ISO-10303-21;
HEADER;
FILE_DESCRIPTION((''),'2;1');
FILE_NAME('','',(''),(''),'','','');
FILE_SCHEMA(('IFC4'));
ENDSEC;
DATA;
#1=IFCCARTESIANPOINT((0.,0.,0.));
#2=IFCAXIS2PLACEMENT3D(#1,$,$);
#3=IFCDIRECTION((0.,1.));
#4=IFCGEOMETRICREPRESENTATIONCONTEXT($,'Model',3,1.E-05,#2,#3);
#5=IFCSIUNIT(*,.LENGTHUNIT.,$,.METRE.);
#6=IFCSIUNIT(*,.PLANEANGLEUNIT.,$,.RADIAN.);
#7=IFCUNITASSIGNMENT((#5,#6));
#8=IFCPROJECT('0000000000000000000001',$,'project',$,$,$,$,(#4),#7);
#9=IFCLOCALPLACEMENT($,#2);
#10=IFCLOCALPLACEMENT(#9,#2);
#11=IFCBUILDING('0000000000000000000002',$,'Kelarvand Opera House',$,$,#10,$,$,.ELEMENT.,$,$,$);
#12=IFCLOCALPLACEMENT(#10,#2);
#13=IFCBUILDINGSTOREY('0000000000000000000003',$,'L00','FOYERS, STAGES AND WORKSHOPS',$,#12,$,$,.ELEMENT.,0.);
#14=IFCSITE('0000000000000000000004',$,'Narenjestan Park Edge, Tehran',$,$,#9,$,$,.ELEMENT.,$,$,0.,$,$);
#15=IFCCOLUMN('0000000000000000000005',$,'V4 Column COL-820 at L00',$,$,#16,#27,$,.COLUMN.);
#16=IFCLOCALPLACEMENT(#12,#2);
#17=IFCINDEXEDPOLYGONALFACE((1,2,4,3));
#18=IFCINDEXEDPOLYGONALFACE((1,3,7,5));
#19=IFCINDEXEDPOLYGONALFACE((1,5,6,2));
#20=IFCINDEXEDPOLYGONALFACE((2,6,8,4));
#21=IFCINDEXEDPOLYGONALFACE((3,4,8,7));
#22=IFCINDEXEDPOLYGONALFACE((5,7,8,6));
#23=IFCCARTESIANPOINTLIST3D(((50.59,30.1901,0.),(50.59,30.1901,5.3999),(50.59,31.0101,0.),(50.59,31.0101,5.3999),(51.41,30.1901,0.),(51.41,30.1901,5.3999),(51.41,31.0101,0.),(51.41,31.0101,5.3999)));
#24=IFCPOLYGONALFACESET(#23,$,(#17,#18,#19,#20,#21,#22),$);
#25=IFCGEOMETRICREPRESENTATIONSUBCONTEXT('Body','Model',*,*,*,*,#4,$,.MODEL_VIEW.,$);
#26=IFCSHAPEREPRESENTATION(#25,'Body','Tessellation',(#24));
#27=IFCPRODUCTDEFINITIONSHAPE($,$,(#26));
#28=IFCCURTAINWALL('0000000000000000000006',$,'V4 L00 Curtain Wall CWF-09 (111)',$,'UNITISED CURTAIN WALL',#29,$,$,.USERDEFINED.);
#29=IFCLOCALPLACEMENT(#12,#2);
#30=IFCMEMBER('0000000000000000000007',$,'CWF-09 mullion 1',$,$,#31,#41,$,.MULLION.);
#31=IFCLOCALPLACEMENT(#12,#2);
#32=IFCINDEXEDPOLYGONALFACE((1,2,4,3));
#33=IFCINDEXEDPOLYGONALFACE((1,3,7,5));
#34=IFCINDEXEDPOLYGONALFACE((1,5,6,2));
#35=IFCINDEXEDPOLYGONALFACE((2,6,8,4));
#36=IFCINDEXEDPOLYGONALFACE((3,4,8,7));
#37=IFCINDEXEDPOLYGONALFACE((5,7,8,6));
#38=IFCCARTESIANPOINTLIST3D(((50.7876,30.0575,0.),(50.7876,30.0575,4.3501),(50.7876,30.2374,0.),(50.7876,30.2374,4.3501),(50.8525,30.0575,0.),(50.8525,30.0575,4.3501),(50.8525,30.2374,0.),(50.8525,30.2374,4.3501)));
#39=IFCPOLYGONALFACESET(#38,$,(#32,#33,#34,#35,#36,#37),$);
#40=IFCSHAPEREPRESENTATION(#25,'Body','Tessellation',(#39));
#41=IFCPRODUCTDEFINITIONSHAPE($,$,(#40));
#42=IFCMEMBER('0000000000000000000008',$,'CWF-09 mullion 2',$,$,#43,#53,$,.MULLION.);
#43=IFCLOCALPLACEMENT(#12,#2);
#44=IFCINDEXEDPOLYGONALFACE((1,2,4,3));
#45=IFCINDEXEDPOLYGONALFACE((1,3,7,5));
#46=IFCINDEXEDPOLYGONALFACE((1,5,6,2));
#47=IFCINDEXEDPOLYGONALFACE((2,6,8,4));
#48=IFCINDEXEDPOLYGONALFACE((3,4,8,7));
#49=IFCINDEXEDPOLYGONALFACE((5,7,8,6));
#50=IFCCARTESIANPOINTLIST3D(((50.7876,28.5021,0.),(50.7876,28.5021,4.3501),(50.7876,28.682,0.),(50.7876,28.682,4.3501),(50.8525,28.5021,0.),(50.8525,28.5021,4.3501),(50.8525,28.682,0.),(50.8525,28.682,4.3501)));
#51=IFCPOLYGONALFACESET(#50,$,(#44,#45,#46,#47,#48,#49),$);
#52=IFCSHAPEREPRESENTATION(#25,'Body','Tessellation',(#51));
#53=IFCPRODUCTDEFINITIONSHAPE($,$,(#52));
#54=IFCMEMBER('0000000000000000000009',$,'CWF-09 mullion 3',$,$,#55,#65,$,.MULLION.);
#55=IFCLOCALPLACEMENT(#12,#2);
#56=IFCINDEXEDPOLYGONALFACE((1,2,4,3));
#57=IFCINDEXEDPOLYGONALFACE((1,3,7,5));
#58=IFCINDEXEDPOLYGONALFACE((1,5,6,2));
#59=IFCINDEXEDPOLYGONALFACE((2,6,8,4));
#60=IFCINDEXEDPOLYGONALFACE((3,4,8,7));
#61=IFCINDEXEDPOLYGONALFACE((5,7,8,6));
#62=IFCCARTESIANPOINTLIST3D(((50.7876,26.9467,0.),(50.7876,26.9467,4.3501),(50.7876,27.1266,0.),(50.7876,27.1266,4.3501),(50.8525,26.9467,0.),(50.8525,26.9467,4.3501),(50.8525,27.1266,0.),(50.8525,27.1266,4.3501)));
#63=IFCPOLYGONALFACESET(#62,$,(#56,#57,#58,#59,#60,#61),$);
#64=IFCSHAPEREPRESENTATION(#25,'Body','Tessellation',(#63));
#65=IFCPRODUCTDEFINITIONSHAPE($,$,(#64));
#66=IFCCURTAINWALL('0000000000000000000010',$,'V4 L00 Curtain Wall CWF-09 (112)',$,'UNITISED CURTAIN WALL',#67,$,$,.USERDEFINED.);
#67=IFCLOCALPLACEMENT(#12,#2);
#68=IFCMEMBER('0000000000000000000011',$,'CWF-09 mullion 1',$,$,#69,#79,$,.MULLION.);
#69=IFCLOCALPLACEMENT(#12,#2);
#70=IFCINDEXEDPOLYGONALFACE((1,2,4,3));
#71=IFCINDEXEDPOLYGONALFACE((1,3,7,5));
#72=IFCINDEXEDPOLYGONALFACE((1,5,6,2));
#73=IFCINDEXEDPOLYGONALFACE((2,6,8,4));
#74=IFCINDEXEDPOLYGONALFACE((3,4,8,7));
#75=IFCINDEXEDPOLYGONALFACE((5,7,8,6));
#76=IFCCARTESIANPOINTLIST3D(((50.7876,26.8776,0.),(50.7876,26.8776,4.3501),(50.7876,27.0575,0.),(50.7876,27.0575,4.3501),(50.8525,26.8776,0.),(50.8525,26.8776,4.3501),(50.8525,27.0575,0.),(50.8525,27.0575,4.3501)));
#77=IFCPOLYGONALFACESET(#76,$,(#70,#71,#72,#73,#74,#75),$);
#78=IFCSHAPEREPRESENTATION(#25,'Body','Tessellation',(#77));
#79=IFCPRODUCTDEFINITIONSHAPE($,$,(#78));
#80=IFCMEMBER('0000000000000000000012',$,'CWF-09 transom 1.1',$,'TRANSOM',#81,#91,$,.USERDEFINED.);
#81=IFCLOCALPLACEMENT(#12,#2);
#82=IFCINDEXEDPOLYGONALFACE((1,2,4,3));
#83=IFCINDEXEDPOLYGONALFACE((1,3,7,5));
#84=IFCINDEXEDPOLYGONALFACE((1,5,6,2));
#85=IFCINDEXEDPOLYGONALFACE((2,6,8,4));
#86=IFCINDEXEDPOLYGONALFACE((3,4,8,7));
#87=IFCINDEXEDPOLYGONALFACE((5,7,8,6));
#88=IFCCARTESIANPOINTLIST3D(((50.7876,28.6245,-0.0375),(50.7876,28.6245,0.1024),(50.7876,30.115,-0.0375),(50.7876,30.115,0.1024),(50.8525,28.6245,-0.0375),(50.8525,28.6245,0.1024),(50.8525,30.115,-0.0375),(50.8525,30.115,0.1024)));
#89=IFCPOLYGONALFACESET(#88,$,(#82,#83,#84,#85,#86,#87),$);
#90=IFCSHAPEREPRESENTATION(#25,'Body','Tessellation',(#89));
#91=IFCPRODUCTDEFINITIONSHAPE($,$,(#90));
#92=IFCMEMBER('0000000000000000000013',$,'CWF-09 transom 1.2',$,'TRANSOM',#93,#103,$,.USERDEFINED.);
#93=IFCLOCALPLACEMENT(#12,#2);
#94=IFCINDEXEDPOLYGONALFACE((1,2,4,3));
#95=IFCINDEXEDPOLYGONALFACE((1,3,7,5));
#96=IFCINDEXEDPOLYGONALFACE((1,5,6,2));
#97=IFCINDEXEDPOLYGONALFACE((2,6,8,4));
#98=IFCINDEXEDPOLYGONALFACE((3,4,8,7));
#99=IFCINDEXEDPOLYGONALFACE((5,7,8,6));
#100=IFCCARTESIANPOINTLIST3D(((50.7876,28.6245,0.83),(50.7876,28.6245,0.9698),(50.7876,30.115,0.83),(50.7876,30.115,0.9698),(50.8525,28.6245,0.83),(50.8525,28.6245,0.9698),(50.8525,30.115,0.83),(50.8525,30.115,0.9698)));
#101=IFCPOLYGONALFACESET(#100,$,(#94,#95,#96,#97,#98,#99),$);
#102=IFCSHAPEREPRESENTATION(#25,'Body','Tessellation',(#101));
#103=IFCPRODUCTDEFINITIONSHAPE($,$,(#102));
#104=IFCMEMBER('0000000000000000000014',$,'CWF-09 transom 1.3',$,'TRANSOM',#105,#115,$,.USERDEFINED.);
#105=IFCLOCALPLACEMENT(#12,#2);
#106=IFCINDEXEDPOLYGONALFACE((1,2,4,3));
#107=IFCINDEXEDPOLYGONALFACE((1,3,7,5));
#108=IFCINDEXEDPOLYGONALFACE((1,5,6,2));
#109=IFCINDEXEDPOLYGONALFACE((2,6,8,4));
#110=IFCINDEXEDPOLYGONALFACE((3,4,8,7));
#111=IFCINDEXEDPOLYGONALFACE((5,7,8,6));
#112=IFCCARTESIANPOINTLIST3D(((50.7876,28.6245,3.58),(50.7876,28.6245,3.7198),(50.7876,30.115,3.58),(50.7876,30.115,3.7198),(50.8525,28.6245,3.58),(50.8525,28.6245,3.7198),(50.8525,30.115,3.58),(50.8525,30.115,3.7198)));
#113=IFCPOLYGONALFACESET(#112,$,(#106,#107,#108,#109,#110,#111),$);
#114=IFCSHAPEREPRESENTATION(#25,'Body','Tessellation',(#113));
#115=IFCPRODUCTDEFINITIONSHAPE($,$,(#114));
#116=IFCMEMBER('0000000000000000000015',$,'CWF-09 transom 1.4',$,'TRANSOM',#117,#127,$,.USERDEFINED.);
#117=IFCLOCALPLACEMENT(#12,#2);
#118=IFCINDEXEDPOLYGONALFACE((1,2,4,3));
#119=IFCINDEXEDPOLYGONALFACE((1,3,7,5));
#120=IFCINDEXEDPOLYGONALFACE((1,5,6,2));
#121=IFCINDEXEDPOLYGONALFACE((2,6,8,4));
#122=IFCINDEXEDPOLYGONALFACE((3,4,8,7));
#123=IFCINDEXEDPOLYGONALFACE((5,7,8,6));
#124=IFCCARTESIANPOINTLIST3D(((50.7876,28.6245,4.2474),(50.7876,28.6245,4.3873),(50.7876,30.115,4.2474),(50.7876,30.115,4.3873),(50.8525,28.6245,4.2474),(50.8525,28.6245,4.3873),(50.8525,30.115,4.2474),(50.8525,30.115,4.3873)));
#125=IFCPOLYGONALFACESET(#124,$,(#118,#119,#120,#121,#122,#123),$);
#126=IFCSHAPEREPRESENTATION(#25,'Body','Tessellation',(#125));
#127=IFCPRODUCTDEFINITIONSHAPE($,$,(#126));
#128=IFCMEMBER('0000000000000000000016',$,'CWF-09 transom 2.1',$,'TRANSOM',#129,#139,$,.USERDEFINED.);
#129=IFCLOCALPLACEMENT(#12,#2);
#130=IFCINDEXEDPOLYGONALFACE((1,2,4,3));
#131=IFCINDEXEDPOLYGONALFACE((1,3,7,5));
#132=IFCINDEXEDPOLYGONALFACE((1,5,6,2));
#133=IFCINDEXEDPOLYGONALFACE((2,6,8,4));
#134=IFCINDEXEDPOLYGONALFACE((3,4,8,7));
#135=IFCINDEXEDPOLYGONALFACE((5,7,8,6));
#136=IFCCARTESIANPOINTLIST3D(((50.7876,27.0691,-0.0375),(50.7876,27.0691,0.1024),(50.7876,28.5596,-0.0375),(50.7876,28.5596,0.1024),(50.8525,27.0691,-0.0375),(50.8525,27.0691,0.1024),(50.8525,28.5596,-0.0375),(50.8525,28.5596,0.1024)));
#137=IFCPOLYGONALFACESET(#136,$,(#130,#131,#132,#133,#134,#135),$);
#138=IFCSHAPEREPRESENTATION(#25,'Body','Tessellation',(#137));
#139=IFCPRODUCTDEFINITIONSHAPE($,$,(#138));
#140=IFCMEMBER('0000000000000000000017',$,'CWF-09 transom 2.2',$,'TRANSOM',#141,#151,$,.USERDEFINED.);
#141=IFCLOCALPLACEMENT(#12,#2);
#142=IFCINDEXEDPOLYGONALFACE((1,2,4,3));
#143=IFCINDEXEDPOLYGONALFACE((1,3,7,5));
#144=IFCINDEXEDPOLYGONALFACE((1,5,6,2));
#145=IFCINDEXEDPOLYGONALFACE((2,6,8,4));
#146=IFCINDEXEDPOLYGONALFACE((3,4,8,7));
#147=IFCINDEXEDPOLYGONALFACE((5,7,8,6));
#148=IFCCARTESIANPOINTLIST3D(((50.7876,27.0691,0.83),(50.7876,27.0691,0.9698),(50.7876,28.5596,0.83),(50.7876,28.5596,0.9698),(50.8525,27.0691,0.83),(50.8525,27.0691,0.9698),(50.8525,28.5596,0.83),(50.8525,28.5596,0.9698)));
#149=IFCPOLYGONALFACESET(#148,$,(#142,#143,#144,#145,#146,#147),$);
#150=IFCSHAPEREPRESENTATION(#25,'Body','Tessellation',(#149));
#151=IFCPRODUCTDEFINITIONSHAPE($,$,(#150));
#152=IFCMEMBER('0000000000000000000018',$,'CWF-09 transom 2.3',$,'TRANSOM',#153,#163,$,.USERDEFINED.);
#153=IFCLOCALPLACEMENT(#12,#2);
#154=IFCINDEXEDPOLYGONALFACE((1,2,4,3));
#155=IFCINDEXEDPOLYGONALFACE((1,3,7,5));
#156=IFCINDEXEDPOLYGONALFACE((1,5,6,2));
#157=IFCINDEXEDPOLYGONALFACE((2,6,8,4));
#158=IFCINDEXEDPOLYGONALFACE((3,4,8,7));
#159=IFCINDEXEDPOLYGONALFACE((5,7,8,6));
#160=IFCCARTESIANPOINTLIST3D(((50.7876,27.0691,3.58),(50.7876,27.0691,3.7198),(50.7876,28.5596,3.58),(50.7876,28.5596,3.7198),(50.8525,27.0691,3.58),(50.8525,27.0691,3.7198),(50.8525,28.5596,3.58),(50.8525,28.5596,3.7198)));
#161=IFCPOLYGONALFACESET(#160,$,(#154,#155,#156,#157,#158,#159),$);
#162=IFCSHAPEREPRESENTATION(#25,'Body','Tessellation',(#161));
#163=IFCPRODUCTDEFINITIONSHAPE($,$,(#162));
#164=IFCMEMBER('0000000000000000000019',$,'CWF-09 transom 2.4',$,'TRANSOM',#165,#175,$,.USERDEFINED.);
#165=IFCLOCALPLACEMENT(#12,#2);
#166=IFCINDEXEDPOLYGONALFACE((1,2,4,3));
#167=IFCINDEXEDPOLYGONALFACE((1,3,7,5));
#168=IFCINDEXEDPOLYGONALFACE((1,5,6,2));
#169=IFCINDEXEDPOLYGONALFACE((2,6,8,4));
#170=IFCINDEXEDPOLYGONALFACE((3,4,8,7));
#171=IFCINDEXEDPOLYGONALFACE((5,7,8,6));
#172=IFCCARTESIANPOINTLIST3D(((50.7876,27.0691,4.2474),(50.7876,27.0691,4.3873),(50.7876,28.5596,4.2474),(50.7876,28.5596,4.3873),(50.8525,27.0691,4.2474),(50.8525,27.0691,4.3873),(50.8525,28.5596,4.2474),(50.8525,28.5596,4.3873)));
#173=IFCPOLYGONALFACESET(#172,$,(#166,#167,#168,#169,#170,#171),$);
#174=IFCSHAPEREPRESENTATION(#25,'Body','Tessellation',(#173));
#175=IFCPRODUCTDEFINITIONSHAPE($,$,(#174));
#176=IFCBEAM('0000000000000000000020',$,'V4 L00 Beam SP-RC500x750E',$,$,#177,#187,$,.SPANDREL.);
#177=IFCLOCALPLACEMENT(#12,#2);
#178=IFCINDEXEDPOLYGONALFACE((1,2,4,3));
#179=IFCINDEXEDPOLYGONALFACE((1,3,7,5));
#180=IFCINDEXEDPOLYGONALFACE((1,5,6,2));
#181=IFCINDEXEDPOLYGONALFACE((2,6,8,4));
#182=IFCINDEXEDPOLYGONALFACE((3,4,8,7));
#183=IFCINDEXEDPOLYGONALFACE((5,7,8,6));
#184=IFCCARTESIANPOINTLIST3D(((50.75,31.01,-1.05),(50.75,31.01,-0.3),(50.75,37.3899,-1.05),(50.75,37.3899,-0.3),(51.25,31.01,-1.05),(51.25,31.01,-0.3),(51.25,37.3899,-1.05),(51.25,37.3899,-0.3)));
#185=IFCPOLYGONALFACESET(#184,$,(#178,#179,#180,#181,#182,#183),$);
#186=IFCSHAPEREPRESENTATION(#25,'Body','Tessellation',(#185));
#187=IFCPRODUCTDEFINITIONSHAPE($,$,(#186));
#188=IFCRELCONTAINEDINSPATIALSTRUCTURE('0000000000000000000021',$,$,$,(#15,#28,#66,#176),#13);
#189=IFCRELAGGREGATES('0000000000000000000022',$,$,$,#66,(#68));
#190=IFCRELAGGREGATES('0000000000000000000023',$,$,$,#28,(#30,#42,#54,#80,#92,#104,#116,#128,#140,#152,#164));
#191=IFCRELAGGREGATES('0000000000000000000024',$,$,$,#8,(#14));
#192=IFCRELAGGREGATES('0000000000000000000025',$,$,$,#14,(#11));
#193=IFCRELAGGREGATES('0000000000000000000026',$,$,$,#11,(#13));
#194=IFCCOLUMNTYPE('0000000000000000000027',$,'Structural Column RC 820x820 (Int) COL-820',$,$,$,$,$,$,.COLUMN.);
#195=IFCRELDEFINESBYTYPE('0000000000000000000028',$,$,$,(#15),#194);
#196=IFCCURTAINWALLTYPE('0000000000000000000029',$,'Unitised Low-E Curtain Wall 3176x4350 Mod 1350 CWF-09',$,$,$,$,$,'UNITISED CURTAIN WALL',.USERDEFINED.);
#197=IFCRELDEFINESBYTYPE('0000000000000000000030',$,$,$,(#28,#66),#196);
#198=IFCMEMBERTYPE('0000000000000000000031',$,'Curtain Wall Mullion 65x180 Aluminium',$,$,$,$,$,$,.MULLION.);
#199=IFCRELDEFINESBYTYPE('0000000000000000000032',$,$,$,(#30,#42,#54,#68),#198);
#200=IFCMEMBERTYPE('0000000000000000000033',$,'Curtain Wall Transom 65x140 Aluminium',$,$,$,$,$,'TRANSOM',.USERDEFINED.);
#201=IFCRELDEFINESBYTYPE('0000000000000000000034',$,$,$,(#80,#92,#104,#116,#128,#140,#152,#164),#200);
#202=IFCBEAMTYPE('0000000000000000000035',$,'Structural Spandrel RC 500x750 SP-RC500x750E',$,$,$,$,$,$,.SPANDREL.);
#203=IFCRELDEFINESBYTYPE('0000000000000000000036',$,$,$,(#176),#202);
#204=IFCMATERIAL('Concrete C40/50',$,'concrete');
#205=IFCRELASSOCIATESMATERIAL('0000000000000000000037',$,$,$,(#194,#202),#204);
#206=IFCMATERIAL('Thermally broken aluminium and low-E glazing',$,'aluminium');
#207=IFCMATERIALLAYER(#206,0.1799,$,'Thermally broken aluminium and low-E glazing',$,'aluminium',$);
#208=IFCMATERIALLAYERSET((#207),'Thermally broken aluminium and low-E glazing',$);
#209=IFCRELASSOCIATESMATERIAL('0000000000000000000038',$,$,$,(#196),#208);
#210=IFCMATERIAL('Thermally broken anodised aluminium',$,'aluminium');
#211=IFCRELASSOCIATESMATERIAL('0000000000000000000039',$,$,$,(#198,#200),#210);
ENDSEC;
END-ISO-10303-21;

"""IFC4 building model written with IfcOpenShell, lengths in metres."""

from ifc_helpers import new_model, si_unit, direction, frame, origin, origin_2d, place, context, subcontext, project, spatial, rectangle, extrude, material, layer, layer_set, material_profile, profile_set, type_object, element, aggregate, save


model = new_model("IFC4")

# Units and contexts
model_context = context("Model", 3, precision=1e-05, world=origin(), true_north=direction((0.0, 1.0)))
body_context = subcontext(model_context, "Body", "Model", "MODEL_VIEW")
ifc_project = project(units=[si_unit("LENGTHUNIT", "METRE"), si_unit("PLANEANGLEUNIT", "RADIAN")], contexts=[model_context])

# Site, building, storey
site_placement = place(None, origin())
site = spatial("IfcSite", under=ifc_project, at=site_placement, Name="Narenjestan Park Edge, Tehran", CompositionType="ELEMENT", RefElevation=0.0)
building_placement = place(site_placement, origin())
building = spatial("IfcBuilding", under=site, at=building_placement, Name="Kelarvand Opera House", CompositionType="ELEMENT")
storey_placement = place(building_placement, origin())
storey = spatial("IfcBuildingStorey", under=building, at=storey_placement, Name="L00", Description="FOYERS, STAGES AND WORKSHOPS", CompositionType="ELEMENT", Elevation=0.0)

# Column
ifc_material_1 = material(Name="Concrete C40/50", Category="concrete")
ifc_material_profile_1 = material_profile(ifc_material_1, rectangle(XDim=0.8201, YDim=0.8201, at=origin_2d()), Name="RC 820x820", Category="concrete")
ifc_profile_set_1 = profile_set([ifc_material_profile_1], Name="Concrete C40/50")
column_type = type_object("IfcColumnType", Name="Structural Column RC 820x820 (Int) COL-820", PredefinedType="COLUMN", material=ifc_profile_set_1)
column_placement = place(storey_placement, frame((51.0, 30.6001, 0.0), z_axis=(0.0, 0.0, 1.0), x_axis=(1.0, 0.0, 0.0)))
element("IfcColumn", 1, at=column_placement, inside=storey, type_object=column_type, Name="V4 Column COL-820 at L00", PredefinedType="COLUMN", context=body_context, shape_type="SweptSolid", body=[
    extrude(rectangle(XDim=0.8201, YDim=0.8201, at=origin_2d()), origin(), (0.0, 0.0, 1.0), 5.3999),
])

# Curtain wall, members
ifc_material_2 = material(Name="Thermally broken aluminium and low-E glazing", Category="aluminium")
ifc_layer_1 = layer(ifc_material_2, 0.1799, Name="Thermally broken aluminium and low-E glazing", Category="aluminium")
ifc_layer_set_1 = layer_set([ifc_layer_1], Name="Thermally broken aluminium and low-E glazing")
curtain_wall_type = type_object("IfcCurtainWallType", Name="Unitised Low-E Curtain Wall 3176x4350 Mod 1350 CWF-09", ElementType="UNITISED CURTAIN WALL", PredefinedType="USERDEFINED", material=ifc_layer_set_1)
curtain_wall_1_placement = place(storey_placement, origin())
curtain_wall_1 = element("IfcCurtainWall", 2, at=curtain_wall_1_placement, inside=storey, type_object=curtain_wall_type, Name="V4 L00 Curtain Wall CWF-09 (111)", ObjectType="UNITISED CURTAIN WALL", PredefinedType="USERDEFINED")
ifc_material_3 = material(Name="Thermally broken anodised aluminium", Category="aluminium")
ifc_material_profile_2 = material_profile(ifc_material_3, rectangle(XDim=0.0649, YDim=0.1799, at=origin_2d()), Name="ALU MULLION 65x180", Category="aluminium")
ifc_profile_set_2 = profile_set([ifc_material_profile_2], Name="Thermally broken anodised aluminium")
member_type_1 = type_object("IfcMemberType", Name="Curtain Wall Mullion 65x180 Aluminium", PredefinedType="MULLION", material=ifc_profile_set_2)
member_1_placement = place(storey_placement, frame((50.8201, 30.1475, 0.0), z_axis=(0.0, 0.0, 1.0), x_axis=(1.0, 0.0, 0.0)))
member_1 = element("IfcMember", 3, at=member_1_placement, type_object=member_type_1, Name="CWF-09 mullion 1", PredefinedType="MULLION", context=body_context, shape_type="SweptSolid", body=[
    extrude(rectangle(XDim=0.0649, YDim=0.1799, at=origin_2d()), origin(), (0.0, 0.0, 1.0), 4.3501),
])
member_2_placement = place(storey_placement, frame((50.8201, 28.592, 0.0), z_axis=(0.0, 0.0, 1.0), x_axis=(1.0, 0.0, 0.0)))
member_2 = element("IfcMember", 4, at=member_2_placement, type_object=member_type_1, Name="CWF-09 mullion 2", PredefinedType="MULLION", context=body_context, shape_type="SweptSolid", body=[
    extrude(rectangle(XDim=0.0649, YDim=0.1799, at=origin_2d()), origin(), (0.0, 0.0, 1.0), 4.3501),
])
member_3_placement = place(storey_placement, frame((50.8201, 27.0366, 0.0), z_axis=(0.0, 0.0, 1.0), x_axis=(1.0, 0.0, 0.0)))
member_3 = element("IfcMember", 5, at=member_3_placement, type_object=member_type_1, Name="CWF-09 mullion 3", PredefinedType="MULLION", context=body_context, shape_type="SweptSolid", body=[
    extrude(rectangle(XDim=0.0649, YDim=0.1799, at=origin_2d()), origin(), (0.0, 0.0, 1.0), 4.3501),
])

# Curtain wall, member
curtain_wall_2_placement = place(storey_placement, origin())
curtain_wall_2 = element("IfcCurtainWall", 6, at=curtain_wall_2_placement, inside=storey, type_object=curtain_wall_type, Name="V4 L00 Curtain Wall CWF-09 (112)", ObjectType="UNITISED CURTAIN WALL", PredefinedType="USERDEFINED")
member_4_placement = place(storey_placement, frame((50.8201, 26.9675, 0.0), z_axis=(0.0, 0.0, 1.0), x_axis=(1.0, 0.0, 0.0)))
member_4 = element("IfcMember", 7, at=member_4_placement, type_object=member_type_1, Name="CWF-09 mullion 1", PredefinedType="MULLION", context=body_context, shape_type="SweptSolid", body=[
    extrude(rectangle(XDim=0.0649, YDim=0.1799, at=origin_2d()), origin(), (0.0, 0.0, 1.0), 4.3501),
])
aggregate(curtain_wall_2, [member_4])

# Members
ifc_material_profile_3 = material_profile(ifc_material_3, rectangle(XDim=0.0649, YDim=0.1399, at=origin_2d()), Name="ALU TRANSOM 65x140", Category="aluminium")
ifc_profile_set_3 = profile_set([ifc_material_profile_3], Name="Thermally broken anodised aluminium")
member_type_2 = type_object("IfcMemberType", Name="Curtain Wall Transom 65x140 Aluminium", ElementType="TRANSOM", PredefinedType="USERDEFINED", material=ifc_profile_set_3)
member_5_placement = place(storey_placement, frame((50.8201, 30.115, 0.0325), z_axis=(0.0, -1.0, 0.0), x_axis=(1.0, 0.0, 0.0)))
member_5 = element("IfcMember", 8, at=member_5_placement, type_object=member_type_2, Name="CWF-09 transom 1.1", ObjectType="TRANSOM", PredefinedType="USERDEFINED", context=body_context, shape_type="SweptSolid", body=[
    extrude(rectangle(XDim=0.0649, YDim=0.1399, at=origin_2d()), origin(), (0.0, 0.0, 1.0), 1.4905),
])
member_6_placement = place(storey_placement, frame((50.8201, 30.115, 0.8999), z_axis=(0.0, -1.0, 0.0), x_axis=(1.0, 0.0, 0.0)))
member_6 = element("IfcMember", 9, at=member_6_placement, type_object=member_type_2, Name="CWF-09 transom 1.2", ObjectType="TRANSOM", PredefinedType="USERDEFINED", context=body_context, shape_type="SweptSolid", body=[
    extrude(rectangle(XDim=0.0649, YDim=0.1399, at=origin_2d()), origin(), (0.0, 0.0, 1.0), 1.4905),
])
member_7_placement = place(storey_placement, frame((50.8201, 30.115, 3.6499), z_axis=(0.0, -1.0, 0.0), x_axis=(1.0, 0.0, 0.0)))
member_7 = element("IfcMember", 10, at=member_7_placement, type_object=member_type_2, Name="CWF-09 transom 1.3", ObjectType="TRANSOM", PredefinedType="USERDEFINED", context=body_context, shape_type="SweptSolid", body=[
    extrude(rectangle(XDim=0.0649, YDim=0.1399, at=origin_2d()), origin(), (0.0, 0.0, 1.0), 1.4905),
])
member_8_placement = place(storey_placement, frame((50.8201, 30.115, 4.3174), z_axis=(0.0, -1.0, 0.0), x_axis=(1.0, 0.0, 0.0)))
member_8 = element("IfcMember", 11, at=member_8_placement, type_object=member_type_2, Name="CWF-09 transom 1.4", ObjectType="TRANSOM", PredefinedType="USERDEFINED", context=body_context, shape_type="SweptSolid", body=[
    extrude(rectangle(XDim=0.0649, YDim=0.1399, at=origin_2d()), origin(), (0.0, 0.0, 1.0), 1.4905),
])
member_9_placement = place(storey_placement, frame((50.8201, 28.5596, 0.0325), z_axis=(0.0, -1.0, 0.0), x_axis=(1.0, 0.0, 0.0)))
member_9 = element("IfcMember", 12, at=member_9_placement, type_object=member_type_2, Name="CWF-09 transom 2.1", ObjectType="TRANSOM", PredefinedType="USERDEFINED", context=body_context, shape_type="SweptSolid", body=[
    extrude(rectangle(XDim=0.0649, YDim=0.1399, at=origin_2d()), origin(), (0.0, 0.0, 1.0), 1.4905),
])
member_10_placement = place(storey_placement, frame((50.8201, 28.5596, 0.8999), z_axis=(0.0, -1.0, 0.0), x_axis=(1.0, 0.0, 0.0)))
member_10 = element("IfcMember", 13, at=member_10_placement, type_object=member_type_2, Name="CWF-09 transom 2.2", ObjectType="TRANSOM", PredefinedType="USERDEFINED", context=body_context, shape_type="SweptSolid", body=[
    extrude(rectangle(XDim=0.0649, YDim=0.1399, at=origin_2d()), origin(), (0.0, 0.0, 1.0), 1.4905),
])
member_11_placement = place(storey_placement, frame((50.8201, 28.5596, 3.6499), z_axis=(0.0, -1.0, 0.0), x_axis=(1.0, 0.0, 0.0)))
member_11 = element("IfcMember", 14, at=member_11_placement, type_object=member_type_2, Name="CWF-09 transom 2.3", ObjectType="TRANSOM", PredefinedType="USERDEFINED", context=body_context, shape_type="SweptSolid", body=[
    extrude(rectangle(XDim=0.0649, YDim=0.1399, at=origin_2d()), origin(), (0.0, 0.0, 1.0), 1.4905),
])
member_12_placement = place(storey_placement, frame((50.8201, 28.5596, 4.3174), z_axis=(0.0, -1.0, 0.0), x_axis=(1.0, 0.0, 0.0)))
member_12 = element("IfcMember", 15, at=member_12_placement, type_object=member_type_2, Name="CWF-09 transom 2.4", ObjectType="TRANSOM", PredefinedType="USERDEFINED", context=body_context, shape_type="SweptSolid", body=[
    extrude(rectangle(XDim=0.0649, YDim=0.1399, at=origin_2d()), origin(), (0.0, 0.0, 1.0), 1.4905),
])

# Beam
ifc_material_profile_4 = material_profile(ifc_material_1, rectangle(XDim=0.5, YDim=0.75, at=origin_2d()), Name="RC 500x750", Category="concrete")
ifc_profile_set_4 = profile_set([ifc_material_profile_4], Name="Concrete C40/50")
beam_type = type_object("IfcBeamType", Name="Structural Spandrel RC 500x750 SP-RC500x750E", PredefinedType="SPANDREL", material=ifc_profile_set_4)
beam_placement = place(storey_placement, frame((51.0, 31.01, -0.675), z_axis=(0.0, 1.0, 0.0), x_axis=(-1.0, 0.0, 0.0)))
element("IfcBeam", 16, at=beam_placement, inside=storey, type_object=beam_type, Name="V4 L00 Beam SP-RC500x750E", PredefinedType="SPANDREL", context=body_context, shape_type="SweptSolid", body=[
    extrude(rectangle(XDim=0.5, YDim=0.75, at=origin_2d()), origin(), (0.0, 0.0, 1.0), 6.3799),
])

aggregate(curtain_wall_1, [member_1, member_2, member_3, member_5, member_6, member_7, member_8, member_9, member_10, member_11, member_12])

save(model, "model.ifc")
